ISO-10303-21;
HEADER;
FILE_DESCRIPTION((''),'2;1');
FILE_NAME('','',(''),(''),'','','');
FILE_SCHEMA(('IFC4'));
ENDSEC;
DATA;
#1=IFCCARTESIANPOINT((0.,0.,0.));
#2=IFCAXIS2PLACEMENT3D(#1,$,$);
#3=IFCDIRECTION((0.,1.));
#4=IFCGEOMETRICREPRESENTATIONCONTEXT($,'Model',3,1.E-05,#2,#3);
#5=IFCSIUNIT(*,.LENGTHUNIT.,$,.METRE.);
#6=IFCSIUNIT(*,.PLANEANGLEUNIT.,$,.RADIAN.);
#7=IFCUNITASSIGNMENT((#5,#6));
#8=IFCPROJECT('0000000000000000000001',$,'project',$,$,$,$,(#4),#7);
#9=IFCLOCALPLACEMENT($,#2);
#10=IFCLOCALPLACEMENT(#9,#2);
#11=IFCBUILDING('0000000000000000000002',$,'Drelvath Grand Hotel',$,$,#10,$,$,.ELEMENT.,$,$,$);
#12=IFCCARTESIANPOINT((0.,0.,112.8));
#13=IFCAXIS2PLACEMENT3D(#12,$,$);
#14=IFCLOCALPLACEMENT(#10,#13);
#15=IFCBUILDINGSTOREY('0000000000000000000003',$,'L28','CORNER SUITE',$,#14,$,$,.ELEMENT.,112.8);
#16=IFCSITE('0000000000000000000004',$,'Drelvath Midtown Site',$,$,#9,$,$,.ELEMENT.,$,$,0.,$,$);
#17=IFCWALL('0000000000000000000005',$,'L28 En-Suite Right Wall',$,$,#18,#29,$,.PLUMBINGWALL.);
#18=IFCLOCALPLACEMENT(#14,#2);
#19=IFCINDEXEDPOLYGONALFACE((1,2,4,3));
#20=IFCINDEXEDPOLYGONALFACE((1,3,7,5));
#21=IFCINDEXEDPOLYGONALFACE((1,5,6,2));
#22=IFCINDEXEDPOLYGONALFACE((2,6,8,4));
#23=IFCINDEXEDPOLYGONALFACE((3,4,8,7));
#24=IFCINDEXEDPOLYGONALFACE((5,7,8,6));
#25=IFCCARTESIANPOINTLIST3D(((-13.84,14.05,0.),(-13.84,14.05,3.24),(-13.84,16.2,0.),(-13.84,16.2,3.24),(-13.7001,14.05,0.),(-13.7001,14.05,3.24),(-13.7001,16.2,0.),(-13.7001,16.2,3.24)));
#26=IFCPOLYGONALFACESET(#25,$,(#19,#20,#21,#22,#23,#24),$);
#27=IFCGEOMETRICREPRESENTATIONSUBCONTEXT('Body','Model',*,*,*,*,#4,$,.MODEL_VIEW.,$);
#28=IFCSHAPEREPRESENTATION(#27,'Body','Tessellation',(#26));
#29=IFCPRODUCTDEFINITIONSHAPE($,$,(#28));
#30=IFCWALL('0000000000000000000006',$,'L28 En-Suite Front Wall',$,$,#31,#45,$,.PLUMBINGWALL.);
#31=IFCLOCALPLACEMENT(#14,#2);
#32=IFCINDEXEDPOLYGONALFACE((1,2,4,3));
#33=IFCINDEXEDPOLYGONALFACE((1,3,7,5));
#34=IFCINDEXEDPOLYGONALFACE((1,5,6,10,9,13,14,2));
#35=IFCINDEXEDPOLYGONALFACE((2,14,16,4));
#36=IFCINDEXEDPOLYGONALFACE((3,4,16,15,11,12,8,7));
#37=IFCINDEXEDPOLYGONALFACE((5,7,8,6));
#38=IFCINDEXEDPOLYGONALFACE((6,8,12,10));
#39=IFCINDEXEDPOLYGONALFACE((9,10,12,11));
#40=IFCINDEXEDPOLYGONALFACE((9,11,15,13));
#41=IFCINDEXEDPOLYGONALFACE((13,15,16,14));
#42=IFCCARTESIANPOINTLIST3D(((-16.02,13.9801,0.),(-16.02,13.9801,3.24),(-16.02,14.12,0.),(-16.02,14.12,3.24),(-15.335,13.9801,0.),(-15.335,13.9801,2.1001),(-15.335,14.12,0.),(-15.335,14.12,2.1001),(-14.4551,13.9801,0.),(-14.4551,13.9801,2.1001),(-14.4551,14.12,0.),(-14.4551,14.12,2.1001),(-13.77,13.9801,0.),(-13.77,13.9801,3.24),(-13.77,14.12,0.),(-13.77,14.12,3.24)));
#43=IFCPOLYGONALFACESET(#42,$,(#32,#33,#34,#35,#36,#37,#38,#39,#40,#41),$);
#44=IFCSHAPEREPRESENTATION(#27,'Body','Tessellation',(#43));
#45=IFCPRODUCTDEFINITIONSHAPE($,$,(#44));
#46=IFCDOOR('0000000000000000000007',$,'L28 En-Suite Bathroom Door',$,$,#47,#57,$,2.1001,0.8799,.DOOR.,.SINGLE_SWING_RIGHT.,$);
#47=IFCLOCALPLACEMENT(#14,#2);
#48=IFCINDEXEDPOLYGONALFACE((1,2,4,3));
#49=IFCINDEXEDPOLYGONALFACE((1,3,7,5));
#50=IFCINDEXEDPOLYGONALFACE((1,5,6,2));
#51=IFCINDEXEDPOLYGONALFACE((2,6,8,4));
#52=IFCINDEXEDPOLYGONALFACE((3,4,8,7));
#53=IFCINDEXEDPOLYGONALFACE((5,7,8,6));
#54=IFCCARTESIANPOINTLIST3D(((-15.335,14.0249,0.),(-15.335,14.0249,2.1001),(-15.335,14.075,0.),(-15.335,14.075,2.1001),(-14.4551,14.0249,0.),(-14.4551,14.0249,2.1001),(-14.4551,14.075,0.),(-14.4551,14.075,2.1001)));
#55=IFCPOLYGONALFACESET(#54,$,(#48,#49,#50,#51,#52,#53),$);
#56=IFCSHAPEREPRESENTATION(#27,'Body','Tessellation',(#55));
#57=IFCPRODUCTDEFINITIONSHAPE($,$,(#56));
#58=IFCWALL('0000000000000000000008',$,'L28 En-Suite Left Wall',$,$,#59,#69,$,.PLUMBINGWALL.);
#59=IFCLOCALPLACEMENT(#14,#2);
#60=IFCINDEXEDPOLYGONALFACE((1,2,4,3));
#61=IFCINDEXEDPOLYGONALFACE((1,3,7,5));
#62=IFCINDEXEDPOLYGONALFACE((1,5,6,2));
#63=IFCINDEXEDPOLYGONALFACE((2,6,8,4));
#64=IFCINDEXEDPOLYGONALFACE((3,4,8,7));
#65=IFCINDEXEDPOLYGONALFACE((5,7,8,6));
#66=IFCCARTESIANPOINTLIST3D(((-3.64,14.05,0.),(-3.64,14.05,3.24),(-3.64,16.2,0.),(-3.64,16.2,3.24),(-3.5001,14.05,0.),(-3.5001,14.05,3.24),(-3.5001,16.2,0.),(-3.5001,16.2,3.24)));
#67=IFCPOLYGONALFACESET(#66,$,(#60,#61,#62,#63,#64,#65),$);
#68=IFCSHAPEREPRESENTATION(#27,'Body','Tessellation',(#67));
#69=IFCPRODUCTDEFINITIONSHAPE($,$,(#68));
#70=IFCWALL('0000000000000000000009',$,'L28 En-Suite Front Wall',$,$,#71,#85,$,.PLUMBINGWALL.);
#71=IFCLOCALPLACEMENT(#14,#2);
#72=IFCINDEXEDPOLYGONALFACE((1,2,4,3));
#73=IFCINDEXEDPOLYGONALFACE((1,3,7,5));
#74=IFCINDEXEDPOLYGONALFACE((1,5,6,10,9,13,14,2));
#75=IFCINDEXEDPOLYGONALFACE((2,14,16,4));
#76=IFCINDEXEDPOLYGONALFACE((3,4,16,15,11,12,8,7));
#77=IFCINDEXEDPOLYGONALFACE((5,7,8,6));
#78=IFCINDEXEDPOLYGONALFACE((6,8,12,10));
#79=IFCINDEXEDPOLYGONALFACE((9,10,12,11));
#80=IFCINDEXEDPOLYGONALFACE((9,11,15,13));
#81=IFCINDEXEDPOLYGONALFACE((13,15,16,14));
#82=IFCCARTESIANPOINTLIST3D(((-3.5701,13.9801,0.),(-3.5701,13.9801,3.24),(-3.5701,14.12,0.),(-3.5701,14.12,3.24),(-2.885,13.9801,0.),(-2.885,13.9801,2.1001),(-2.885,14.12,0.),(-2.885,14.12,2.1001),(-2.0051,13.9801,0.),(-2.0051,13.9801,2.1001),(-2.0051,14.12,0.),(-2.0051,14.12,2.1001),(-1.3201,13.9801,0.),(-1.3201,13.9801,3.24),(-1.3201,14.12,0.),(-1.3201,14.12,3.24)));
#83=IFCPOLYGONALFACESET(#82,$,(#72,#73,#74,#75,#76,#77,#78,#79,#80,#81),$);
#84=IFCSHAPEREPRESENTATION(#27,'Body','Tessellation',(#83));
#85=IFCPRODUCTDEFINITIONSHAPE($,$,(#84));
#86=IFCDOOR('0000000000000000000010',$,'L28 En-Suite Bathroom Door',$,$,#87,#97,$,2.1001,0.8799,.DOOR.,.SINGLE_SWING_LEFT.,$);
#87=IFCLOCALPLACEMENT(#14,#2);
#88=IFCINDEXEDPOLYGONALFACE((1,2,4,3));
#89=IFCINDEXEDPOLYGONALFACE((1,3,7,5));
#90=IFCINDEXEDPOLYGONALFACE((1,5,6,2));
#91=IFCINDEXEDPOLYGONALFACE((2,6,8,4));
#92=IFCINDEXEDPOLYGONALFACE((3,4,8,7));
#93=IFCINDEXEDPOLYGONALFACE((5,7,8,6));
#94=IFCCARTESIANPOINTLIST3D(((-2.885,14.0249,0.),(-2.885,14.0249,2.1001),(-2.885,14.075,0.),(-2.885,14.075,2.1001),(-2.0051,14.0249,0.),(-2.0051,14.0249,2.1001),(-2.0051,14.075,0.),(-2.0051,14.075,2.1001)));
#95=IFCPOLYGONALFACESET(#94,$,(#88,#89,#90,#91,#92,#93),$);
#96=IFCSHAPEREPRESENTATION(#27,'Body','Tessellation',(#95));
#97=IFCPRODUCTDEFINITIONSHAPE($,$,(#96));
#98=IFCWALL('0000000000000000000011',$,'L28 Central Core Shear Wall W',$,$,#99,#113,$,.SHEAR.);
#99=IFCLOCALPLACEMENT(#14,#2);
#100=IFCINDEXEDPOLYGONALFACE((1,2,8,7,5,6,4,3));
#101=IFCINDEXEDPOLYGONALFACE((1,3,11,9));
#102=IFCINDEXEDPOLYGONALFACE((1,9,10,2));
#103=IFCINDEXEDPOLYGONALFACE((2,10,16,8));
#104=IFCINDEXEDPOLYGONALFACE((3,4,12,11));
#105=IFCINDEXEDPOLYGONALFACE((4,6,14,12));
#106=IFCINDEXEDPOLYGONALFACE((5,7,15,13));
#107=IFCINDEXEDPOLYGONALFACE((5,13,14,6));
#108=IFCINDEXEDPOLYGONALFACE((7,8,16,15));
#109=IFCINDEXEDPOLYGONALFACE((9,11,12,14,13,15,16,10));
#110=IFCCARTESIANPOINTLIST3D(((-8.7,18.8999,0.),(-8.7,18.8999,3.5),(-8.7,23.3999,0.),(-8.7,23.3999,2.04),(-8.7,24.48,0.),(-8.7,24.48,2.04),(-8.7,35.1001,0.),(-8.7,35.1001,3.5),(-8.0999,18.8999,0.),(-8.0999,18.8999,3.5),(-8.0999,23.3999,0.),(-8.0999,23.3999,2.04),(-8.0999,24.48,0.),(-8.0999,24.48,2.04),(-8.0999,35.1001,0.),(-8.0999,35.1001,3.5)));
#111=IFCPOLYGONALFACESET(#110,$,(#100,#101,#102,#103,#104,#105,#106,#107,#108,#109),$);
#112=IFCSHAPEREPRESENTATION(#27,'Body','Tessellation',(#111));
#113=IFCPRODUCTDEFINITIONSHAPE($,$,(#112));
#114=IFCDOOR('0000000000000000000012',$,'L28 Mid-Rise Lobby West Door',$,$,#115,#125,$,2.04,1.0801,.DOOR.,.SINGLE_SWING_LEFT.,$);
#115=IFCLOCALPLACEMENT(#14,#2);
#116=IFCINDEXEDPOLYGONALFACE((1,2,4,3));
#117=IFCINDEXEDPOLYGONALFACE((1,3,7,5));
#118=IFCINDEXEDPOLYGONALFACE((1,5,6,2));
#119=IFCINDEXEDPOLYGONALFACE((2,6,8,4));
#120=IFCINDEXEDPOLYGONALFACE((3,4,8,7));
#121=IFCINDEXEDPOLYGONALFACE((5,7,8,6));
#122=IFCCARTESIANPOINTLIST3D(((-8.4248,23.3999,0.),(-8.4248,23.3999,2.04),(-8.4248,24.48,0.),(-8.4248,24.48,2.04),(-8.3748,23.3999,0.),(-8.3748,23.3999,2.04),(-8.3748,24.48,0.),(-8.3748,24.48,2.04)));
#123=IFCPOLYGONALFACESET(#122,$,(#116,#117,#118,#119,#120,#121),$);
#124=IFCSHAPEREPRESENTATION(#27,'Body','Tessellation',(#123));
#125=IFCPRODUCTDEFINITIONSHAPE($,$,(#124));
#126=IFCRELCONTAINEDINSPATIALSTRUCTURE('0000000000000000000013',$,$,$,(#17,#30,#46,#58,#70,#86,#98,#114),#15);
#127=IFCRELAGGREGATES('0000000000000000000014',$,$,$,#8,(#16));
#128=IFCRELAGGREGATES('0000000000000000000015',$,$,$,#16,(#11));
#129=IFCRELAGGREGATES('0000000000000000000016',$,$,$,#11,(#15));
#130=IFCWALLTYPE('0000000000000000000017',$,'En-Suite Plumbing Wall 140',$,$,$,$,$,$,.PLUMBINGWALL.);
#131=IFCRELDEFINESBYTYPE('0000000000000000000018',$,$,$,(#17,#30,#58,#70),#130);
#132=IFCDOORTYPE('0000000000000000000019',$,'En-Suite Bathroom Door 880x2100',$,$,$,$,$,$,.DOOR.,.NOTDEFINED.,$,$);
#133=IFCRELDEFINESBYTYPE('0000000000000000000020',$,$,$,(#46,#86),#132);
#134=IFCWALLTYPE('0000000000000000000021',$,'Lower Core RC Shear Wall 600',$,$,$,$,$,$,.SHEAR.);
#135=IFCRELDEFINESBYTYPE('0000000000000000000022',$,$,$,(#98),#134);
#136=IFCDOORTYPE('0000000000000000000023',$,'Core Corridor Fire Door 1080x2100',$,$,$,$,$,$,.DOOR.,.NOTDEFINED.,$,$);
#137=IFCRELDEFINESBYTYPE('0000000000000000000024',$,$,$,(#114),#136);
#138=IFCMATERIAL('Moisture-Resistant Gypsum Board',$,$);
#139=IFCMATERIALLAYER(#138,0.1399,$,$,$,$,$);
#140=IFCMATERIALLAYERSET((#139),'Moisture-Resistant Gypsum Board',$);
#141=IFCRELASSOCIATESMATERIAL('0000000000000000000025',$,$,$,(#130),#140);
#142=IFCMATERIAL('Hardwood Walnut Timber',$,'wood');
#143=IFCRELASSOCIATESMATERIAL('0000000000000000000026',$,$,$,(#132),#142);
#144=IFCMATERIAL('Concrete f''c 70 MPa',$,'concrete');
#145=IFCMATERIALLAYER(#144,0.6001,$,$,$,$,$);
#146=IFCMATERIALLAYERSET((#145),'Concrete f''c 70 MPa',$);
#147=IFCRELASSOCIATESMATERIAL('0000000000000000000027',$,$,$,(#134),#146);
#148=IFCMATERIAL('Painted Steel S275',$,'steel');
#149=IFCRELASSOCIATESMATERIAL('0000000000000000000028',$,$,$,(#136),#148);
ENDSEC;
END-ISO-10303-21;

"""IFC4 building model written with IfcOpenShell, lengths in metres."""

from ifc_helpers import new_model, si_unit, direction, frame, frame_2d, origin, place, context, subcontext, project, spatial, rectangle, extrude, material, layer, layer_set, type_object, element, fill, save


model = new_model("IFC4")

# Units and contexts
model_context = context("Model", 3, precision=1e-05, world=origin(), true_north=direction((0.0, 1.0)))
body_context = subcontext(model_context, "Body", "Model", "MODEL_VIEW")
ifc_project = project(units=[si_unit("LENGTHUNIT", "METRE"), si_unit("PLANEANGLEUNIT", "RADIAN")], contexts=[model_context])

# Site, building, storey
site_placement = place(None, origin())
site = spatial("IfcSite", under=ifc_project, at=site_placement, Name="Drelvath Midtown Site", CompositionType="ELEMENT", RefElevation=0.0)
building_placement = place(site_placement, origin())
building = spatial("IfcBuilding", under=site, at=building_placement, Name="Drelvath Grand Hotel", CompositionType="ELEMENT")
storey_placement = place(building_placement, frame((0.0, 0.0, 112.8)))
storey = spatial("IfcBuildingStorey", under=building, at=storey_placement, Name="L28", Description="CORNER SUITE", CompositionType="ELEMENT", Elevation=112.8)

# Shared definitions
ifc_material_1 = material(Name="Painted Steel S275", Category="steel")

# Shared definitions
ifc_material_2 = material(Name="Hardwood Walnut Timber", Category="wood")

# Wall
ifc_material_3 = material(Name="Moisture-Resistant Gypsum Board")
ifc_layer_1 = layer(ifc_material_3, 0.1399)
ifc_layer_set_1 = layer_set([ifc_layer_1], Name="Moisture-Resistant Gypsum Board")
wall_type_1 = type_object("IfcWallType", Name="En-Suite Plumbing Wall 140", PredefinedType="PLUMBINGWALL", material=ifc_layer_set_1)
wall_1_placement = place(storey_placement, frame((-13.77, 16.2, 0.0), z_axis=(0.0, 0.0, 1.0), x_axis=(0.0, -1.0, 0.0)))
element("IfcWall", 1, at=wall_1_placement, inside=storey, type_object=wall_type_1, Name="L28 En-Suite Right Wall", PredefinedType="PLUMBINGWALL", context=body_context, shape_type="SweptSolid", body=[
    extrude(rectangle(XDim=2.1499, YDim=0.1399, at=frame_2d((1.075, 0.0))), origin(), (0.0, 0.0, 1.0), 3.24),
])

# Wall, opening, door
wall_2_placement = place(storey_placement, frame((-16.02, 14.05, 0.0), z_axis=(0.0, 0.0, 1.0), x_axis=(1.0, 0.0, 0.0)))
wall_2 = element("IfcWall", 2, at=wall_2_placement, inside=storey, type_object=wall_type_1, Name="L28 En-Suite Front Wall", PredefinedType="PLUMBINGWALL", context=body_context, shape_type="SweptSolid", body=[
    extrude(rectangle(XDim=2.25, YDim=0.1399, at=frame_2d((1.125, 0.0))), origin(), (0.0, 0.0, 1.0), 3.24),
])
opening_1_placement = place(wall_2_placement, frame((0.6851, 0.0, 0.0)))
opening_1 = element("IfcOpeningElement", 3, at=opening_1_placement, cuts=wall_2, PredefinedType="OPENING", context=body_context, shape_type="SweptSolid", body=[
    extrude(rectangle(XDim=0.8799, YDim=2.1001, at=frame_2d((0.4399, 1.05))), frame((0.0, 0.0798, 0.0), z_axis=(0.0, -1.0, 0.0), x_axis=(1.0, 0.0, 0.0)), (0.0, 0.0, 1.0), 0.1599),
])
door_type_1 = type_object("IfcDoorType", Name="En-Suite Bathroom Door 880x2100", OperationType="NOTDEFINED", PredefinedType="DOOR", material=ifc_material_2)
door_1_placement = place(opening_1_placement, origin())
door_1 = element("IfcDoor", 4, at=door_1_placement, inside=storey, type_object=door_type_1, Name="L28 En-Suite Bathroom Door", OperationType="SINGLE_SWING_RIGHT", OverallHeight=2.1001, OverallWidth=0.8799, PredefinedType="DOOR", context=body_context, shape_type="SweptSolid", body=[
    extrude(rectangle(XDim=0.8799, YDim=2.1001, at=frame_2d((0.4399, 1.05))), frame((0.0, 0.0249, 0.0), z_axis=(0.0, -1.0, 0.0), x_axis=(1.0, 0.0, 0.0)), (0.0, 0.0, 1.0), 0.05),
])
fill(opening_1, door_1)

# Wall
wall_3_placement = place(storey_placement, frame((-3.5701, 16.2, 0.0), z_axis=(0.0, 0.0, 1.0), x_axis=(0.0, -1.0, 0.0)))
element("IfcWall", 5, at=wall_3_placement, inside=storey, type_object=wall_type_1, Name="L28 En-Suite Left Wall", PredefinedType="PLUMBINGWALL", context=body_context, shape_type="SweptSolid", body=[
    extrude(rectangle(XDim=2.1499, YDim=0.1399, at=frame_2d((1.075, 0.0))), origin(), (0.0, 0.0, 1.0), 3.24),
])

# Walls, openings, doors
wall_4_placement = place(storey_placement, frame((-3.5701, 14.05, 0.0), z_axis=(0.0, 0.0, 1.0), x_axis=(1.0, 0.0, 0.0)))
wall_4 = element("IfcWall", 6, at=wall_4_placement, inside=storey, type_object=wall_type_1, Name="L28 En-Suite Front Wall", PredefinedType="PLUMBINGWALL", context=body_context, shape_type="SweptSolid", body=[
    extrude(rectangle(XDim=2.25, YDim=0.1399, at=frame_2d((1.125, 0.0))), origin(), (0.0, 0.0, 1.0), 3.24),
])
opening_2_placement = place(wall_4_placement, frame((0.6851, 0.0, 0.0)))
opening_2 = element("IfcOpeningElement", 7, at=opening_2_placement, cuts=wall_4, PredefinedType="OPENING", context=body_context, shape_type="SweptSolid", body=[
    extrude(rectangle(XDim=0.8799, YDim=2.1001, at=frame_2d((0.4399, 1.05))), frame((0.0, 0.0798, 0.0), z_axis=(0.0, -1.0, 0.0), x_axis=(1.0, 0.0, 0.0)), (0.0, 0.0, 1.0), 0.1599),
])
door_2_placement = place(opening_2_placement, origin())
door_2 = element("IfcDoor", 8, at=door_2_placement, inside=storey, type_object=door_type_1, Name="L28 En-Suite Bathroom Door", OperationType="SINGLE_SWING_LEFT", OverallHeight=2.1001, OverallWidth=0.8799, PredefinedType="DOOR", context=body_context, shape_type="SweptSolid", body=[
    extrude(rectangle(XDim=0.8799, YDim=2.1001, at=frame_2d((0.4399, 1.05))), frame((0.0, 0.0249, 0.0), z_axis=(0.0, -1.0, 0.0), x_axis=(1.0, 0.0, 0.0)), (0.0, 0.0, 1.0), 0.05),
])
fill(opening_2, door_2)
ifc_material_4 = material(Name="Concrete f'c 70 MPa", Category="concrete")
ifc_layer_2 = layer(ifc_material_4, 0.6001)
ifc_layer_set_2 = layer_set([ifc_layer_2], Name="Concrete f'c 70 MPa")
wall_type_2 = type_object("IfcWallType", Name="Lower Core RC Shear Wall 600", PredefinedType="SHEAR", material=ifc_layer_set_2)
wall_5_placement = place(storey_placement, frame((-8.3999, 18.8999, 0.0), z_axis=(0.0, 0.0, 1.0), x_axis=(0.0, 1.0, 0.0)))
wall_5 = element("IfcWall", 9, at=wall_5_placement, inside=storey, type_object=wall_type_2, Name="L28 Central Core Shear Wall W", PredefinedType="SHEAR", context=body_context, shape_type="SweptSolid", body=[
    extrude(rectangle(XDim=16.2002, YDim=0.6001, at=frame_2d((8.1001, 0.0))), origin(), (0.0, 0.0, 1.0), 3.5),
])
opening_3_placement = place(wall_5_placement, frame((4.5, 0.0, 0.0)))
opening_3 = element("IfcOpeningElement", 10, at=opening_3_placement, cuts=wall_5, PredefinedType="OPENING", context=body_context, shape_type="SweptSolid", body=[
    extrude(rectangle(XDim=1.0801, YDim=2.04, at=frame_2d((0.54, 1.02))), frame((0.0, 0.3101, 0.0), z_axis=(0.0, -1.0, 0.0), x_axis=(1.0, 0.0, 0.0)), (0.0, 0.0, 1.0), 0.6201),
])
door_type_2 = type_object("IfcDoorType", Name="Core Corridor Fire Door 1080x2100", OperationType="NOTDEFINED", PredefinedType="DOOR", material=ifc_material_1)
door_3_placement = place(opening_3_placement, origin())
door_3 = element("IfcDoor", 11, at=door_3_placement, inside=storey, type_object=door_type_2, Name="L28 Mid-Rise Lobby West Door", OperationType="SINGLE_SWING_LEFT", OverallHeight=2.04, OverallWidth=1.0801, PredefinedType="DOOR", context=body_context, shape_type="SweptSolid", body=[
    extrude(rectangle(XDim=1.0801, YDim=2.04, at=frame_2d((0.54, 1.02))), frame((0.0, 0.0249, 0.0), z_axis=(0.0, -1.0, 0.0), x_axis=(1.0, 0.0, 0.0)), (0.0, 0.0, 1.0), 0.05),
])
fill(opening_3, door_3)

save(model, "model.ifc")
